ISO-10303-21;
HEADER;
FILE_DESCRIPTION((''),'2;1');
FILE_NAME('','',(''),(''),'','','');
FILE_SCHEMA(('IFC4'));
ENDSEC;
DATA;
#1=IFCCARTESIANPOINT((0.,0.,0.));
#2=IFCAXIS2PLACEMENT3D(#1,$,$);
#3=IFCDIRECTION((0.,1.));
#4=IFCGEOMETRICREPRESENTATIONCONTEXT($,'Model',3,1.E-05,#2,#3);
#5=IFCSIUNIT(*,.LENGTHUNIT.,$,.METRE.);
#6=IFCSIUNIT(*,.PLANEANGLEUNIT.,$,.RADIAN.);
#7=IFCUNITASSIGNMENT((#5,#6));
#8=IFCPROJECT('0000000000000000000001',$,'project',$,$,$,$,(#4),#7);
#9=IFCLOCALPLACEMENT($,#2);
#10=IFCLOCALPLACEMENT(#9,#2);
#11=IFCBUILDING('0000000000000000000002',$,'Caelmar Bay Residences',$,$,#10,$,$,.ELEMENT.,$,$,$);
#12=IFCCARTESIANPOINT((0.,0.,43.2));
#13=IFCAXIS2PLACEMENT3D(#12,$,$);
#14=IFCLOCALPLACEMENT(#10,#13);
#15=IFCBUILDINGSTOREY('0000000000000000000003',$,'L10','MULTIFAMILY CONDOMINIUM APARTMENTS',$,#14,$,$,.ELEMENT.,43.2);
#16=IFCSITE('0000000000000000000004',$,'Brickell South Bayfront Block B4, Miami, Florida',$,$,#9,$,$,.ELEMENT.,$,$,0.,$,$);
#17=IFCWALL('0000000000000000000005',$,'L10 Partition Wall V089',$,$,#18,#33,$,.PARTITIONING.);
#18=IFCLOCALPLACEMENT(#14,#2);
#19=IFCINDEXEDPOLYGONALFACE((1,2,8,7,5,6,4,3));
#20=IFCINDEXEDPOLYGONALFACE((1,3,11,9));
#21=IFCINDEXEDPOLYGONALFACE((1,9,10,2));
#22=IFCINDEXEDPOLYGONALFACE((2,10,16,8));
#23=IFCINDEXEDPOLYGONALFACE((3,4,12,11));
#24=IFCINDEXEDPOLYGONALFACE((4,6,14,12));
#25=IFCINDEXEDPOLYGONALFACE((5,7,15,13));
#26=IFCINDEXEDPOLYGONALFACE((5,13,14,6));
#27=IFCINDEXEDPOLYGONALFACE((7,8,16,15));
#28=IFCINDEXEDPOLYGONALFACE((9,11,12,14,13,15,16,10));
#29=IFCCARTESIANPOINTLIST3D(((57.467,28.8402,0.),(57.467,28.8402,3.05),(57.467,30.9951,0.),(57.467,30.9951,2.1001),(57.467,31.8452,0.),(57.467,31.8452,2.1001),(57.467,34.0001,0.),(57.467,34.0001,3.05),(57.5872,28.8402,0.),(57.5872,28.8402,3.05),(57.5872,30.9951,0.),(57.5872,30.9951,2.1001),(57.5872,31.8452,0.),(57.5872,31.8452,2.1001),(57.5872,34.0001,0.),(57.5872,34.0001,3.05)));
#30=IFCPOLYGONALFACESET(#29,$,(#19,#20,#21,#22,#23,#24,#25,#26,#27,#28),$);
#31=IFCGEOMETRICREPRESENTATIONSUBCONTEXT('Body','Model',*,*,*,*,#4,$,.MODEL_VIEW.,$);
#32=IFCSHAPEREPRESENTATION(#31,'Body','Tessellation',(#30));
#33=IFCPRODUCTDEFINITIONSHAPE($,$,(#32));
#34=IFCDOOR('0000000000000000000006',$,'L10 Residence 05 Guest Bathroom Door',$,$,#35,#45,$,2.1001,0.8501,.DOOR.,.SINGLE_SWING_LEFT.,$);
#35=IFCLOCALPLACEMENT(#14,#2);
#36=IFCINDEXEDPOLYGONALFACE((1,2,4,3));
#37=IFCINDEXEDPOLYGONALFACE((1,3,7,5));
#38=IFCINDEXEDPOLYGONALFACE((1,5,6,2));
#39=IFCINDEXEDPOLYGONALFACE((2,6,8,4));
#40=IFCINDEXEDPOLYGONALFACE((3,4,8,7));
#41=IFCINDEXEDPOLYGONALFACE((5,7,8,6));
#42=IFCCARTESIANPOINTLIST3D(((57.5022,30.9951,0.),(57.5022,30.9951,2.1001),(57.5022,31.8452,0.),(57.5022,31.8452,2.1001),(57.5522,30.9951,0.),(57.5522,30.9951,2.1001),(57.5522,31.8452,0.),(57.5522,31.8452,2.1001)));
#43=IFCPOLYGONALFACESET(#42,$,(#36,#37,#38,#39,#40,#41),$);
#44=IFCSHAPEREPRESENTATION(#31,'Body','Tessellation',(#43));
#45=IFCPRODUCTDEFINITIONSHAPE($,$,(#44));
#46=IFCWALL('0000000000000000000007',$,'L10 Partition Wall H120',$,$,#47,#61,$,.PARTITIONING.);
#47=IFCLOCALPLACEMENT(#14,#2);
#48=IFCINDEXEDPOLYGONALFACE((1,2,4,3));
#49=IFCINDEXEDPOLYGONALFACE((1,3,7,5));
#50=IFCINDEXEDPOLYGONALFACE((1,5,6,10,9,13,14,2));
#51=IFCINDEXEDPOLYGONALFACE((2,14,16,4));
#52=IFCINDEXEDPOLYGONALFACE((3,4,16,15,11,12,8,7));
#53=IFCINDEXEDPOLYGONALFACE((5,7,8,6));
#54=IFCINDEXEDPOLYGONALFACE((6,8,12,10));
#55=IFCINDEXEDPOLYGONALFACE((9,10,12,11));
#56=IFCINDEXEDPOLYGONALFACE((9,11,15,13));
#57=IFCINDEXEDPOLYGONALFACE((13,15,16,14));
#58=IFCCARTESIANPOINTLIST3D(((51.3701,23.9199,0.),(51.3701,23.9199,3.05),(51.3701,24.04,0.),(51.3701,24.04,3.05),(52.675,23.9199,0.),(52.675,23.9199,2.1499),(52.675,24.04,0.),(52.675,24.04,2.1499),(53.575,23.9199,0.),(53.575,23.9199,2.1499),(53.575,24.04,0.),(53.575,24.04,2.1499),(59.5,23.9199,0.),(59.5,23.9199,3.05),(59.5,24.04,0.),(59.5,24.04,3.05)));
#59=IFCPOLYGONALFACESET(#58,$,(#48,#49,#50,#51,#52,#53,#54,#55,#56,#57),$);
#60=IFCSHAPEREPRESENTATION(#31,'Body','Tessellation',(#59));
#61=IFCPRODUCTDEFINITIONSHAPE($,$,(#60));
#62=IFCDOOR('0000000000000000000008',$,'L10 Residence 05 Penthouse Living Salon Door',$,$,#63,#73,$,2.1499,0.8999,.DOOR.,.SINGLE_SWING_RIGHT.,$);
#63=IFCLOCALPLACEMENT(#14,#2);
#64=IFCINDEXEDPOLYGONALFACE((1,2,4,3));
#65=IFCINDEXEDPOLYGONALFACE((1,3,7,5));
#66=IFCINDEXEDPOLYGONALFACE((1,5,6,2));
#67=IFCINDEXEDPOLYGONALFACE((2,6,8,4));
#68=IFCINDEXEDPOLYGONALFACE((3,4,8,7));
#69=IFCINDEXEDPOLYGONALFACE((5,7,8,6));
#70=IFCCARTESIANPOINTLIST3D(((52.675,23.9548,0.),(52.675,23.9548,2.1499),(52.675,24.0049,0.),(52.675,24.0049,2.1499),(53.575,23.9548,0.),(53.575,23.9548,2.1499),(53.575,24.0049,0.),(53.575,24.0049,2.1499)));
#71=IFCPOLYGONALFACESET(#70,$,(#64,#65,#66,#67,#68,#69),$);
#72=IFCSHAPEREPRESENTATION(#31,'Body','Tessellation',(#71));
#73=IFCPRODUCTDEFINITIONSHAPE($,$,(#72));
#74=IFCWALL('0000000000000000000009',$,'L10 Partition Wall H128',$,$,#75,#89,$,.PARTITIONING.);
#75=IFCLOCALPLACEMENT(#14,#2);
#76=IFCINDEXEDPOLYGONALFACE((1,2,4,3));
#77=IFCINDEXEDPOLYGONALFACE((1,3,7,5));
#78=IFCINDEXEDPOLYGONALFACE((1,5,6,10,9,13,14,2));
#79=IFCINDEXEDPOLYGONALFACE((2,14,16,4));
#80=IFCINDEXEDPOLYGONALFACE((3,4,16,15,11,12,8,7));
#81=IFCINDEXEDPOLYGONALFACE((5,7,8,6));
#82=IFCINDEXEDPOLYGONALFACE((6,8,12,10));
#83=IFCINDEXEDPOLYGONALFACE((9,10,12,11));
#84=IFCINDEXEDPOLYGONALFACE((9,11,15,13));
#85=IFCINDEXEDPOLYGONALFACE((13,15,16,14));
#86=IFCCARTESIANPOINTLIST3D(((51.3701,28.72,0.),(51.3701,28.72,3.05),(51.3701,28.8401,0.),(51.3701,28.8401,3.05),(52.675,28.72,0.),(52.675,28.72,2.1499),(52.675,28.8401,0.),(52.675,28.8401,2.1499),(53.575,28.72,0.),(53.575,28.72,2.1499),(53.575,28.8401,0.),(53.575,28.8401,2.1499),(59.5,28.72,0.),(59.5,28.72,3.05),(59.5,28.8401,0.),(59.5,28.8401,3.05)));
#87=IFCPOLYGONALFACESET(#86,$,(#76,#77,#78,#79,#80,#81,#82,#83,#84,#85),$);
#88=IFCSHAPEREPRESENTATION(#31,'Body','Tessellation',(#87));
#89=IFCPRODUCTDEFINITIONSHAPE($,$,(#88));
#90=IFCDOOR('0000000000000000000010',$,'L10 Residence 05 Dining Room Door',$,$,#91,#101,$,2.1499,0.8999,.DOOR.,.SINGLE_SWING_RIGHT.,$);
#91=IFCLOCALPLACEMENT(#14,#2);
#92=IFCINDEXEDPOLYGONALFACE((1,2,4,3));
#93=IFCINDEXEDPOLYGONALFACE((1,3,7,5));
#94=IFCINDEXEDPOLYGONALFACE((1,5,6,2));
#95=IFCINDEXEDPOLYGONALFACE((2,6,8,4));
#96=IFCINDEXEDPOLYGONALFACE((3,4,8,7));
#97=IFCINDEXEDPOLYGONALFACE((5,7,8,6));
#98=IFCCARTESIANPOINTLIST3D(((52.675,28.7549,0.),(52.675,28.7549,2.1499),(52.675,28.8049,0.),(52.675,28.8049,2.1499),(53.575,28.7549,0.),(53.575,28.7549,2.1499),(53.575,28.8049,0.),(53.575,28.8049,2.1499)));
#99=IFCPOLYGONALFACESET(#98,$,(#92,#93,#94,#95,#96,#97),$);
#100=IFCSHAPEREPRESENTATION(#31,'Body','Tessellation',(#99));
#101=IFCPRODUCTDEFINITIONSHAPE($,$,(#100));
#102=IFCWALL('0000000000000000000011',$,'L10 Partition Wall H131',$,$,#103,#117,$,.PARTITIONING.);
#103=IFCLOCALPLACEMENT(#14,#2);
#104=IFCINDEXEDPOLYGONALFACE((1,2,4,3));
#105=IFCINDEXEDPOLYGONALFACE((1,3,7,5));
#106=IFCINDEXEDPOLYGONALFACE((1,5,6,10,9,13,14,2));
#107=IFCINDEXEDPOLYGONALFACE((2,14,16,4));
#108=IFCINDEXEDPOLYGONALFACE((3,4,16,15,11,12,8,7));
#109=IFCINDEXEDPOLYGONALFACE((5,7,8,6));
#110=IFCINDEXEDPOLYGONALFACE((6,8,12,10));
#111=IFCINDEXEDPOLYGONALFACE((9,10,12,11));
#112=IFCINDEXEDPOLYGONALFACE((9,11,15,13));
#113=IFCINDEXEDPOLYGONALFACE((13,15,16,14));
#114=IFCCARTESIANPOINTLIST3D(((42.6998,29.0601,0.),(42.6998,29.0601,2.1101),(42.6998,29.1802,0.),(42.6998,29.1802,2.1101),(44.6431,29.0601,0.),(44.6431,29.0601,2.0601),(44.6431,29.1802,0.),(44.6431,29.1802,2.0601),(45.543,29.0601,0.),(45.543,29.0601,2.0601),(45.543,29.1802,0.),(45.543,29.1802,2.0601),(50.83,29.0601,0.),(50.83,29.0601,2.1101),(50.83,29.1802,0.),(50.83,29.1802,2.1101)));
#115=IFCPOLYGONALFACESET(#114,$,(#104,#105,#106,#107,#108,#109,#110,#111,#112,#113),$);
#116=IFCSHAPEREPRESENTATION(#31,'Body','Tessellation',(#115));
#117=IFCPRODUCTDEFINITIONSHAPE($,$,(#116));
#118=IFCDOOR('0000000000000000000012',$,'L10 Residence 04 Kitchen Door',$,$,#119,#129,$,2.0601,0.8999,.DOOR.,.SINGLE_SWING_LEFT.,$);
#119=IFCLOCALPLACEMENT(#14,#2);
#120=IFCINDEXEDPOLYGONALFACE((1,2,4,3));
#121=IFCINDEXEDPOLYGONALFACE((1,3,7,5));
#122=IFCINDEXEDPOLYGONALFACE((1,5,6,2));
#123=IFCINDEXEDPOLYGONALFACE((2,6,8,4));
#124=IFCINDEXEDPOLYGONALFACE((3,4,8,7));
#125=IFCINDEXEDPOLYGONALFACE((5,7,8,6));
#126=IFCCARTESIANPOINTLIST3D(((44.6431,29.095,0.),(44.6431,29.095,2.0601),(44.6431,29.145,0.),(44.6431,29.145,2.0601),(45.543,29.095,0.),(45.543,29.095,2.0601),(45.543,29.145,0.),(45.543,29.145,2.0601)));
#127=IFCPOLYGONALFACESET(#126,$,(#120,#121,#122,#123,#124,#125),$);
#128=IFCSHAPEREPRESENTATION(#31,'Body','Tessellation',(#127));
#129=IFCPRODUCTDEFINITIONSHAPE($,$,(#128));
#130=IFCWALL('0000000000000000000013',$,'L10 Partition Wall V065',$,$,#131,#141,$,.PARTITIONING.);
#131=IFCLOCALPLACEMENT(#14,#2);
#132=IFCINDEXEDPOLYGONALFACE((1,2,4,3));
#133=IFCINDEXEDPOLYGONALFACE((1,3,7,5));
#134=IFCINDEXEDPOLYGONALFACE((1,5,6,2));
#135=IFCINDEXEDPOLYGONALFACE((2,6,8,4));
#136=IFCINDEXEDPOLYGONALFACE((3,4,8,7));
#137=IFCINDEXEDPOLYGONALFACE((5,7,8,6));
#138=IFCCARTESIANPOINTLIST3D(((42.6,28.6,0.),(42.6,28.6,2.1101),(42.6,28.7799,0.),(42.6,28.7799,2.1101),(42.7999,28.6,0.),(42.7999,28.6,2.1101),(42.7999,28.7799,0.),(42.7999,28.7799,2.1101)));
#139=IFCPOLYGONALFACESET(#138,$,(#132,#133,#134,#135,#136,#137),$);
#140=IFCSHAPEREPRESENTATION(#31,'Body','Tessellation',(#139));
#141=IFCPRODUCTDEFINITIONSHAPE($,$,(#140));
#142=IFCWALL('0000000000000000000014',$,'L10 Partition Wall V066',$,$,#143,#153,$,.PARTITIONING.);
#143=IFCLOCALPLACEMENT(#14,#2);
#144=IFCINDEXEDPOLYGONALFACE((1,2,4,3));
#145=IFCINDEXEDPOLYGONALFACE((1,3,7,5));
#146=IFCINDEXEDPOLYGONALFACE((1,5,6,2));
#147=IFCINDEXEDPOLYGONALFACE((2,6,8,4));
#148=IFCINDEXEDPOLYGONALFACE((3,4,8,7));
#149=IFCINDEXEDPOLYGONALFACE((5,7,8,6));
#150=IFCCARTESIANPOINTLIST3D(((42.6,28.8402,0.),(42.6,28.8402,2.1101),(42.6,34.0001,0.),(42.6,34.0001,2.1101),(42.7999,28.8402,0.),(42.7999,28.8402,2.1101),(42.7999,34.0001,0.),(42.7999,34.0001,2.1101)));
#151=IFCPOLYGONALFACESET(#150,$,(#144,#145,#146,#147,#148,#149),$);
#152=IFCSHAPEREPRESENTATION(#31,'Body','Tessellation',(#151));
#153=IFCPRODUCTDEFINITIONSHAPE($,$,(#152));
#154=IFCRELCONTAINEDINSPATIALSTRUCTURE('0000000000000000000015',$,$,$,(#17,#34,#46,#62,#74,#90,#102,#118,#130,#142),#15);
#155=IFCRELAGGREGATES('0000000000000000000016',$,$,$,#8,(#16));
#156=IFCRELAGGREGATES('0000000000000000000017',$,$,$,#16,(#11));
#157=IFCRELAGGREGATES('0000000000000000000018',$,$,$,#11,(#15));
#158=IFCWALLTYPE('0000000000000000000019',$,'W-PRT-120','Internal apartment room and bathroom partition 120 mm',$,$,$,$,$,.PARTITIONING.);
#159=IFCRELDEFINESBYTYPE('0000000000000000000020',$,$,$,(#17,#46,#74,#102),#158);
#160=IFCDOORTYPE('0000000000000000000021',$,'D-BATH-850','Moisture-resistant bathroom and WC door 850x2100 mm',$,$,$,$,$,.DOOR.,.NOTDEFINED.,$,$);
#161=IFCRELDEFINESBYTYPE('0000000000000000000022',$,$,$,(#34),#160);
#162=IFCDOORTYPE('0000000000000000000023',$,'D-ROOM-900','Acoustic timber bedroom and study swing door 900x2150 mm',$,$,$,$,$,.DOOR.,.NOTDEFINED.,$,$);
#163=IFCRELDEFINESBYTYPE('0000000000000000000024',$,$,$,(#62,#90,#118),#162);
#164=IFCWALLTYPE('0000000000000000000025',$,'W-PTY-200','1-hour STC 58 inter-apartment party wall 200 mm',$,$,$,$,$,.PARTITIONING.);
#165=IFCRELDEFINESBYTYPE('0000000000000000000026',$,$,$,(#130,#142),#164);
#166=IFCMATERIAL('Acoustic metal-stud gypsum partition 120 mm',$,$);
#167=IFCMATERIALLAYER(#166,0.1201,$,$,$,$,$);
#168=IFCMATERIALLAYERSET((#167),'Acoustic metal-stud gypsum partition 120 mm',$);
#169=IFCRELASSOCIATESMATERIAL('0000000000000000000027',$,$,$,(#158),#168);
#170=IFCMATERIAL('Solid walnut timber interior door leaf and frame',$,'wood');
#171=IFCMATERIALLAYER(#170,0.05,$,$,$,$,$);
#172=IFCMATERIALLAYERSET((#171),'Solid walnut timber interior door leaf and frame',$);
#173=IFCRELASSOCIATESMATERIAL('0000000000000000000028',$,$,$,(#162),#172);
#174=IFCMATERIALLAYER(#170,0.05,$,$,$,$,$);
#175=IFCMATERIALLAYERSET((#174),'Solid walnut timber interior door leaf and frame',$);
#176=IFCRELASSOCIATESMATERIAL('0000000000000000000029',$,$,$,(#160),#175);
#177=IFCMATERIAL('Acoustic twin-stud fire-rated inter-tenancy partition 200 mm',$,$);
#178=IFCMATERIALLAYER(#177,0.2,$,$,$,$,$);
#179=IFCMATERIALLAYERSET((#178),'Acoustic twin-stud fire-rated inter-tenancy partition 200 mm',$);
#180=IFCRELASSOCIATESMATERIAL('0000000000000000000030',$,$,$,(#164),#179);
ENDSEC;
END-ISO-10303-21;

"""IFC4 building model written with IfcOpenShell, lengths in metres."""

from ifc_helpers import new_model, si_unit, direction, frame, frame_2d, origin, place, context, subcontext, project, spatial, rectangle, extrude, material, layer, layer_set, type_object, element, fill, save


model = new_model("IFC4")

# Units and contexts
model_context = context("Model", 3, precision=1e-05, world=origin(), true_north=direction((0.0, 1.0)))
body_context = subcontext(model_context, "Body", "Model", "MODEL_VIEW")
ifc_project = project(units=[si_unit("LENGTHUNIT", "METRE"), si_unit("PLANEANGLEUNIT", "RADIAN")], contexts=[model_context])

# Site, building, storey
site_placement = place(None, origin())
site = spatial("IfcSite", under=ifc_project, at=site_placement, Name="Brickell South Bayfront Block B4, Miami, Florida", CompositionType="ELEMENT", RefElevation=0.0)
building_placement = place(site_placement, origin())
building = spatial("IfcBuilding", under=site, at=building_placement, Name="Caelmar Bay Residences", CompositionType="ELEMENT")
storey_placement = place(building_placement, frame((0.0, 0.0, 43.2)))
storey = spatial("IfcBuildingStorey", under=building, at=storey_placement, Name="L10", Description="MULTIFAMILY CONDOMINIUM APARTMENTS", CompositionType="ELEMENT", Elevation=43.2)

# Shared definitions
ifc_material_1 = material(Name="Acoustic metal-stud gypsum partition 120 mm")
ifc_layer_1 = layer(ifc_material_1, 0.1201)
ifc_layer_set_1 = layer_set([ifc_layer_1], Name="Acoustic metal-stud gypsum partition 120 mm")
wall_type_1 = type_object("IfcWallType", Name="W-PRT-120", Description="Internal apartment room and bathroom partition 120 mm", PredefinedType="PARTITIONING", material=ifc_layer_set_1)

# Shared definitions
ifc_material_2 = material(Name="Solid walnut timber interior door leaf and frame", Category="wood")
ifc_layer_2 = layer(ifc_material_2, 0.05)
ifc_layer_set_2 = layer_set([ifc_layer_2], Name="Solid walnut timber interior door leaf and frame")
door_type_1 = type_object("IfcDoorType", Name="D-ROOM-900", Description="Acoustic timber bedroom and study swing door 900x2150 mm", OperationType="NOTDEFINED", PredefinedType="DOOR", material=ifc_layer_set_2)

# Shared definitions
ifc_layer_3 = layer(ifc_material_2, 0.05)
ifc_layer_set_3 = layer_set([ifc_layer_3], Name="Solid walnut timber interior door leaf and frame")
door_type_2 = type_object("IfcDoorType", Name="D-BATH-850", Description="Moisture-resistant bathroom and WC door 850x2100 mm", OperationType="NOTDEFINED", PredefinedType="DOOR", material=ifc_layer_set_3)

# Walls, openings, doors
wall_1_placement = place(storey_placement, frame((57.5271, 28.8401, 0.0), z_axis=(0.0, 0.0, 1.0), x_axis=(0.0, 1.0, 0.0)))
wall_1 = element("IfcWall", 1, at=wall_1_placement, inside=storey, type_object=wall_type_1, Name="L10 Partition Wall V089", PredefinedType="PARTITIONING", context=body_context, shape_type="SweptSolid", body=[
    extrude(rectangle(XDim=5.1599, YDim=0.1201, at=frame_2d((2.5801, 0.0))), origin(), (0.0, 0.0, 1.0), 3.05),
])
opening_1_placement = place(wall_1_placement, frame((2.155, 0.0, 0.0)))
opening_1 = element("IfcOpeningElement", 2, at=opening_1_placement, cuts=wall_1, PredefinedType="OPENING", context=body_context, shape_type="SweptSolid", body=[
    extrude(rectangle(XDim=0.8501, YDim=2.1001, at=frame_2d((0.425, 1.05))), frame((0.0, 0.0701, 0.0), z_axis=(0.0, -1.0, 0.0), x_axis=(1.0, 0.0, 0.0)), (0.0, 0.0, 1.0), 0.1401),
])
door_1_placement = place(opening_1_placement, origin())
door_1 = element("IfcDoor", 3, at=door_1_placement, inside=storey, type_object=door_type_2, Name="L10 Residence 05 Guest Bathroom Door", OperationType="SINGLE_SWING_LEFT", OverallHeight=2.1001, OverallWidth=0.8501, PredefinedType="DOOR", context=body_context, shape_type="SweptSolid", body=[
    extrude(rectangle(XDim=0.8501, YDim=2.1001, at=frame_2d((0.425, 1.05))), frame((0.0, 0.0249, 0.0), z_axis=(0.0, -1.0, 0.0), x_axis=(1.0, 0.0, 0.0)), (0.0, 0.0, 1.0), 0.05),
])
fill(opening_1, door_1)
wall_2_placement = place(storey_placement, frame((51.3701, 23.98, 0.0), z_axis=(0.0, 0.0, 1.0), x_axis=(1.0, 0.0, 0.0)))
wall_2 = element("IfcWall", 4, at=wall_2_placement, inside=storey, type_object=wall_type_1, Name="L10 Partition Wall H120", PredefinedType="PARTITIONING", context=body_context, shape_type="SweptSolid", body=[
    extrude(rectangle(XDim=8.1299, YDim=0.1201, at=frame_2d((4.0649, 0.0))), origin(), (0.0, 0.0, 1.0), 3.05),
])
opening_2_placement = place(wall_2_placement, frame((1.3049, 0.0, 0.0)))
opening_2 = element("IfcOpeningElement", 5, at=opening_2_placement, cuts=wall_2, PredefinedType="OPENING", context=body_context, shape_type="SweptSolid", body=[
    extrude(rectangle(XDim=0.8999, YDim=2.1499, at=frame_2d((0.45, 1.075))), frame((0.0, 0.0701, 0.0), z_axis=(0.0, -1.0, 0.0), x_axis=(1.0, 0.0, 0.0)), (0.0, 0.0, 1.0), 0.1401),
])
door_2_placement = place(opening_2_placement, origin())
door_2 = element("IfcDoor", 6, at=door_2_placement, inside=storey, type_object=door_type_1, Name="L10 Residence 05 Penthouse Living Salon Door", OperationType="SINGLE_SWING_RIGHT", OverallHeight=2.1499, OverallWidth=0.8999, PredefinedType="DOOR", context=body_context, shape_type="SweptSolid", body=[
    extrude(rectangle(XDim=0.8999, YDim=2.1499, at=frame_2d((0.45, 1.075))), frame((0.0, 0.0249, 0.0), z_axis=(0.0, -1.0, 0.0), x_axis=(1.0, 0.0, 0.0)), (0.0, 0.0, 1.0), 0.05),
])
fill(opening_2, door_2)
wall_3_placement = place(storey_placement, frame((51.3701, 28.78, 0.0), z_axis=(0.0, 0.0, 1.0), x_axis=(1.0, 0.0, 0.0)))
wall_3 = element("IfcWall", 7, at=wall_3_placement, inside=storey, type_object=wall_type_1, Name="L10 Partition Wall H128", PredefinedType="PARTITIONING", context=body_context, shape_type="SweptSolid", body=[
    extrude(rectangle(XDim=8.1299, YDim=0.1201, at=frame_2d((4.0649, 0.0))), origin(), (0.0, 0.0, 1.0), 3.05),
])
opening_3_placement = place(wall_3_placement, frame((1.3049, 0.0, 0.0)))
opening_3 = element("IfcOpeningElement", 8, at=opening_3_placement, cuts=wall_3, PredefinedType="OPENING", context=body_context, shape_type="SweptSolid", body=[
    extrude(rectangle(XDim=0.8999, YDim=2.1499, at=frame_2d((0.45, 1.075))), frame((0.0, 0.0701, 0.0), z_axis=(0.0, -1.0, 0.0), x_axis=(1.0, 0.0, 0.0)), (0.0, 0.0, 1.0), 0.1401),
])
door_3_placement = place(opening_3_placement, origin())
door_3 = element("IfcDoor", 9, at=door_3_placement, inside=storey, type_object=door_type_1, Name="L10 Residence 05 Dining Room Door", OperationType="SINGLE_SWING_RIGHT", OverallHeight=2.1499, OverallWidth=0.8999, PredefinedType="DOOR", context=body_context, shape_type="SweptSolid", body=[
    extrude(rectangle(XDim=0.8999, YDim=2.1499, at=frame_2d((0.45, 1.075))), frame((0.0, 0.0249, 0.0), z_axis=(0.0, -1.0, 0.0), x_axis=(1.0, 0.0, 0.0)), (0.0, 0.0, 1.0), 0.05),
])
fill(opening_3, door_3)
wall_4_placement = place(storey_placement, frame((42.7, 29.1201, 0.0), z_axis=(0.0, 0.0, 1.0), x_axis=(1.0, 0.0, 0.0)))
wall_4 = element("IfcWall", 10, at=wall_4_placement, inside=storey, type_object=wall_type_1, Name="L10 Partition Wall H131", PredefinedType="PARTITIONING", context=body_context, shape_type="SweptSolid", body=[
    extrude(rectangle(XDim=8.1301, YDim=0.1201, at=frame_2d((4.0649, 0.0))), origin(), (0.0, 0.0, 1.0), 2.1101),
])
opening_4_placement = place(wall_4_placement, frame((1.9431, 0.0, 0.0)))
opening_4 = element("IfcOpeningElement", 11, at=opening_4_placement, cuts=wall_4, PredefinedType="OPENING", context=body_context, shape_type="SweptSolid", body=[
    extrude(rectangle(XDim=0.8999, YDim=2.0601, at=frame_2d((0.45, 1.03))), frame((0.0, 0.0701, 0.0), z_axis=(0.0, -1.0, 0.0), x_axis=(1.0, 0.0, 0.0)), (0.0, 0.0, 1.0), 0.1401),
])
door_4_placement = place(opening_4_placement, origin())
door_4 = element("IfcDoor", 12, at=door_4_placement, inside=storey, type_object=door_type_1, Name="L10 Residence 04 Kitchen Door", OperationType="SINGLE_SWING_LEFT", OverallHeight=2.0601, OverallWidth=0.8999, PredefinedType="DOOR", context=body_context, shape_type="SweptSolid", body=[
    extrude(rectangle(XDim=0.8999, YDim=2.0601, at=frame_2d((0.45, 1.03))), frame((0.0, 0.0249, 0.0), z_axis=(0.0, -1.0, 0.0), x_axis=(1.0, 0.0, 0.0)), (0.0, 0.0, 1.0), 0.05),
])
fill(opening_4, door_4)

# Walls
ifc_material_3 = material(Name="Acoustic twin-stud fire-rated inter-tenancy partition 200 mm")
ifc_layer_4 = layer(ifc_material_3, 0.2)
ifc_layer_set_4 = layer_set([ifc_layer_4], Name="Acoustic twin-stud fire-rated inter-tenancy partition 200 mm")
wall_type_2 = type_object("IfcWallType", Name="W-PTY-200", Description="1-hour STC 58 inter-apartment party wall 200 mm", PredefinedType="PARTITIONING", material=ifc_layer_set_4)
wall_5_placement = place(storey_placement, frame((42.7, 28.6001, 0.0), z_axis=(0.0, 0.0, 1.0), x_axis=(0.0, 1.0, 0.0)))
element("IfcWall", 13, at=wall_5_placement, inside=storey, type_object=wall_type_2, Name="L10 Partition Wall V065", PredefinedType="PARTITIONING", context=body_context, shape_type="SweptSolid", body=[
    extrude(rectangle(XDim=0.1799, YDim=0.2, at=frame_2d((0.0898, 0.0))), origin(), (0.0, 0.0, 1.0), 2.1101),
])
wall_6_placement = place(storey_placement, frame((42.7, 28.8401, 0.0), z_axis=(0.0, 0.0, 1.0), x_axis=(0.0, 1.0, 0.0)))
element("IfcWall", 14, at=wall_6_placement, inside=storey, type_object=wall_type_2, Name="L10 Partition Wall V066", PredefinedType="PARTITIONING", context=body_context, shape_type="SweptSolid", body=[
    extrude(rectangle(XDim=5.1599, YDim=0.2, at=frame_2d((2.5801, 0.0))), origin(), (0.0, 0.0, 1.0), 2.1101),
])

save(model, "model.ifc")
